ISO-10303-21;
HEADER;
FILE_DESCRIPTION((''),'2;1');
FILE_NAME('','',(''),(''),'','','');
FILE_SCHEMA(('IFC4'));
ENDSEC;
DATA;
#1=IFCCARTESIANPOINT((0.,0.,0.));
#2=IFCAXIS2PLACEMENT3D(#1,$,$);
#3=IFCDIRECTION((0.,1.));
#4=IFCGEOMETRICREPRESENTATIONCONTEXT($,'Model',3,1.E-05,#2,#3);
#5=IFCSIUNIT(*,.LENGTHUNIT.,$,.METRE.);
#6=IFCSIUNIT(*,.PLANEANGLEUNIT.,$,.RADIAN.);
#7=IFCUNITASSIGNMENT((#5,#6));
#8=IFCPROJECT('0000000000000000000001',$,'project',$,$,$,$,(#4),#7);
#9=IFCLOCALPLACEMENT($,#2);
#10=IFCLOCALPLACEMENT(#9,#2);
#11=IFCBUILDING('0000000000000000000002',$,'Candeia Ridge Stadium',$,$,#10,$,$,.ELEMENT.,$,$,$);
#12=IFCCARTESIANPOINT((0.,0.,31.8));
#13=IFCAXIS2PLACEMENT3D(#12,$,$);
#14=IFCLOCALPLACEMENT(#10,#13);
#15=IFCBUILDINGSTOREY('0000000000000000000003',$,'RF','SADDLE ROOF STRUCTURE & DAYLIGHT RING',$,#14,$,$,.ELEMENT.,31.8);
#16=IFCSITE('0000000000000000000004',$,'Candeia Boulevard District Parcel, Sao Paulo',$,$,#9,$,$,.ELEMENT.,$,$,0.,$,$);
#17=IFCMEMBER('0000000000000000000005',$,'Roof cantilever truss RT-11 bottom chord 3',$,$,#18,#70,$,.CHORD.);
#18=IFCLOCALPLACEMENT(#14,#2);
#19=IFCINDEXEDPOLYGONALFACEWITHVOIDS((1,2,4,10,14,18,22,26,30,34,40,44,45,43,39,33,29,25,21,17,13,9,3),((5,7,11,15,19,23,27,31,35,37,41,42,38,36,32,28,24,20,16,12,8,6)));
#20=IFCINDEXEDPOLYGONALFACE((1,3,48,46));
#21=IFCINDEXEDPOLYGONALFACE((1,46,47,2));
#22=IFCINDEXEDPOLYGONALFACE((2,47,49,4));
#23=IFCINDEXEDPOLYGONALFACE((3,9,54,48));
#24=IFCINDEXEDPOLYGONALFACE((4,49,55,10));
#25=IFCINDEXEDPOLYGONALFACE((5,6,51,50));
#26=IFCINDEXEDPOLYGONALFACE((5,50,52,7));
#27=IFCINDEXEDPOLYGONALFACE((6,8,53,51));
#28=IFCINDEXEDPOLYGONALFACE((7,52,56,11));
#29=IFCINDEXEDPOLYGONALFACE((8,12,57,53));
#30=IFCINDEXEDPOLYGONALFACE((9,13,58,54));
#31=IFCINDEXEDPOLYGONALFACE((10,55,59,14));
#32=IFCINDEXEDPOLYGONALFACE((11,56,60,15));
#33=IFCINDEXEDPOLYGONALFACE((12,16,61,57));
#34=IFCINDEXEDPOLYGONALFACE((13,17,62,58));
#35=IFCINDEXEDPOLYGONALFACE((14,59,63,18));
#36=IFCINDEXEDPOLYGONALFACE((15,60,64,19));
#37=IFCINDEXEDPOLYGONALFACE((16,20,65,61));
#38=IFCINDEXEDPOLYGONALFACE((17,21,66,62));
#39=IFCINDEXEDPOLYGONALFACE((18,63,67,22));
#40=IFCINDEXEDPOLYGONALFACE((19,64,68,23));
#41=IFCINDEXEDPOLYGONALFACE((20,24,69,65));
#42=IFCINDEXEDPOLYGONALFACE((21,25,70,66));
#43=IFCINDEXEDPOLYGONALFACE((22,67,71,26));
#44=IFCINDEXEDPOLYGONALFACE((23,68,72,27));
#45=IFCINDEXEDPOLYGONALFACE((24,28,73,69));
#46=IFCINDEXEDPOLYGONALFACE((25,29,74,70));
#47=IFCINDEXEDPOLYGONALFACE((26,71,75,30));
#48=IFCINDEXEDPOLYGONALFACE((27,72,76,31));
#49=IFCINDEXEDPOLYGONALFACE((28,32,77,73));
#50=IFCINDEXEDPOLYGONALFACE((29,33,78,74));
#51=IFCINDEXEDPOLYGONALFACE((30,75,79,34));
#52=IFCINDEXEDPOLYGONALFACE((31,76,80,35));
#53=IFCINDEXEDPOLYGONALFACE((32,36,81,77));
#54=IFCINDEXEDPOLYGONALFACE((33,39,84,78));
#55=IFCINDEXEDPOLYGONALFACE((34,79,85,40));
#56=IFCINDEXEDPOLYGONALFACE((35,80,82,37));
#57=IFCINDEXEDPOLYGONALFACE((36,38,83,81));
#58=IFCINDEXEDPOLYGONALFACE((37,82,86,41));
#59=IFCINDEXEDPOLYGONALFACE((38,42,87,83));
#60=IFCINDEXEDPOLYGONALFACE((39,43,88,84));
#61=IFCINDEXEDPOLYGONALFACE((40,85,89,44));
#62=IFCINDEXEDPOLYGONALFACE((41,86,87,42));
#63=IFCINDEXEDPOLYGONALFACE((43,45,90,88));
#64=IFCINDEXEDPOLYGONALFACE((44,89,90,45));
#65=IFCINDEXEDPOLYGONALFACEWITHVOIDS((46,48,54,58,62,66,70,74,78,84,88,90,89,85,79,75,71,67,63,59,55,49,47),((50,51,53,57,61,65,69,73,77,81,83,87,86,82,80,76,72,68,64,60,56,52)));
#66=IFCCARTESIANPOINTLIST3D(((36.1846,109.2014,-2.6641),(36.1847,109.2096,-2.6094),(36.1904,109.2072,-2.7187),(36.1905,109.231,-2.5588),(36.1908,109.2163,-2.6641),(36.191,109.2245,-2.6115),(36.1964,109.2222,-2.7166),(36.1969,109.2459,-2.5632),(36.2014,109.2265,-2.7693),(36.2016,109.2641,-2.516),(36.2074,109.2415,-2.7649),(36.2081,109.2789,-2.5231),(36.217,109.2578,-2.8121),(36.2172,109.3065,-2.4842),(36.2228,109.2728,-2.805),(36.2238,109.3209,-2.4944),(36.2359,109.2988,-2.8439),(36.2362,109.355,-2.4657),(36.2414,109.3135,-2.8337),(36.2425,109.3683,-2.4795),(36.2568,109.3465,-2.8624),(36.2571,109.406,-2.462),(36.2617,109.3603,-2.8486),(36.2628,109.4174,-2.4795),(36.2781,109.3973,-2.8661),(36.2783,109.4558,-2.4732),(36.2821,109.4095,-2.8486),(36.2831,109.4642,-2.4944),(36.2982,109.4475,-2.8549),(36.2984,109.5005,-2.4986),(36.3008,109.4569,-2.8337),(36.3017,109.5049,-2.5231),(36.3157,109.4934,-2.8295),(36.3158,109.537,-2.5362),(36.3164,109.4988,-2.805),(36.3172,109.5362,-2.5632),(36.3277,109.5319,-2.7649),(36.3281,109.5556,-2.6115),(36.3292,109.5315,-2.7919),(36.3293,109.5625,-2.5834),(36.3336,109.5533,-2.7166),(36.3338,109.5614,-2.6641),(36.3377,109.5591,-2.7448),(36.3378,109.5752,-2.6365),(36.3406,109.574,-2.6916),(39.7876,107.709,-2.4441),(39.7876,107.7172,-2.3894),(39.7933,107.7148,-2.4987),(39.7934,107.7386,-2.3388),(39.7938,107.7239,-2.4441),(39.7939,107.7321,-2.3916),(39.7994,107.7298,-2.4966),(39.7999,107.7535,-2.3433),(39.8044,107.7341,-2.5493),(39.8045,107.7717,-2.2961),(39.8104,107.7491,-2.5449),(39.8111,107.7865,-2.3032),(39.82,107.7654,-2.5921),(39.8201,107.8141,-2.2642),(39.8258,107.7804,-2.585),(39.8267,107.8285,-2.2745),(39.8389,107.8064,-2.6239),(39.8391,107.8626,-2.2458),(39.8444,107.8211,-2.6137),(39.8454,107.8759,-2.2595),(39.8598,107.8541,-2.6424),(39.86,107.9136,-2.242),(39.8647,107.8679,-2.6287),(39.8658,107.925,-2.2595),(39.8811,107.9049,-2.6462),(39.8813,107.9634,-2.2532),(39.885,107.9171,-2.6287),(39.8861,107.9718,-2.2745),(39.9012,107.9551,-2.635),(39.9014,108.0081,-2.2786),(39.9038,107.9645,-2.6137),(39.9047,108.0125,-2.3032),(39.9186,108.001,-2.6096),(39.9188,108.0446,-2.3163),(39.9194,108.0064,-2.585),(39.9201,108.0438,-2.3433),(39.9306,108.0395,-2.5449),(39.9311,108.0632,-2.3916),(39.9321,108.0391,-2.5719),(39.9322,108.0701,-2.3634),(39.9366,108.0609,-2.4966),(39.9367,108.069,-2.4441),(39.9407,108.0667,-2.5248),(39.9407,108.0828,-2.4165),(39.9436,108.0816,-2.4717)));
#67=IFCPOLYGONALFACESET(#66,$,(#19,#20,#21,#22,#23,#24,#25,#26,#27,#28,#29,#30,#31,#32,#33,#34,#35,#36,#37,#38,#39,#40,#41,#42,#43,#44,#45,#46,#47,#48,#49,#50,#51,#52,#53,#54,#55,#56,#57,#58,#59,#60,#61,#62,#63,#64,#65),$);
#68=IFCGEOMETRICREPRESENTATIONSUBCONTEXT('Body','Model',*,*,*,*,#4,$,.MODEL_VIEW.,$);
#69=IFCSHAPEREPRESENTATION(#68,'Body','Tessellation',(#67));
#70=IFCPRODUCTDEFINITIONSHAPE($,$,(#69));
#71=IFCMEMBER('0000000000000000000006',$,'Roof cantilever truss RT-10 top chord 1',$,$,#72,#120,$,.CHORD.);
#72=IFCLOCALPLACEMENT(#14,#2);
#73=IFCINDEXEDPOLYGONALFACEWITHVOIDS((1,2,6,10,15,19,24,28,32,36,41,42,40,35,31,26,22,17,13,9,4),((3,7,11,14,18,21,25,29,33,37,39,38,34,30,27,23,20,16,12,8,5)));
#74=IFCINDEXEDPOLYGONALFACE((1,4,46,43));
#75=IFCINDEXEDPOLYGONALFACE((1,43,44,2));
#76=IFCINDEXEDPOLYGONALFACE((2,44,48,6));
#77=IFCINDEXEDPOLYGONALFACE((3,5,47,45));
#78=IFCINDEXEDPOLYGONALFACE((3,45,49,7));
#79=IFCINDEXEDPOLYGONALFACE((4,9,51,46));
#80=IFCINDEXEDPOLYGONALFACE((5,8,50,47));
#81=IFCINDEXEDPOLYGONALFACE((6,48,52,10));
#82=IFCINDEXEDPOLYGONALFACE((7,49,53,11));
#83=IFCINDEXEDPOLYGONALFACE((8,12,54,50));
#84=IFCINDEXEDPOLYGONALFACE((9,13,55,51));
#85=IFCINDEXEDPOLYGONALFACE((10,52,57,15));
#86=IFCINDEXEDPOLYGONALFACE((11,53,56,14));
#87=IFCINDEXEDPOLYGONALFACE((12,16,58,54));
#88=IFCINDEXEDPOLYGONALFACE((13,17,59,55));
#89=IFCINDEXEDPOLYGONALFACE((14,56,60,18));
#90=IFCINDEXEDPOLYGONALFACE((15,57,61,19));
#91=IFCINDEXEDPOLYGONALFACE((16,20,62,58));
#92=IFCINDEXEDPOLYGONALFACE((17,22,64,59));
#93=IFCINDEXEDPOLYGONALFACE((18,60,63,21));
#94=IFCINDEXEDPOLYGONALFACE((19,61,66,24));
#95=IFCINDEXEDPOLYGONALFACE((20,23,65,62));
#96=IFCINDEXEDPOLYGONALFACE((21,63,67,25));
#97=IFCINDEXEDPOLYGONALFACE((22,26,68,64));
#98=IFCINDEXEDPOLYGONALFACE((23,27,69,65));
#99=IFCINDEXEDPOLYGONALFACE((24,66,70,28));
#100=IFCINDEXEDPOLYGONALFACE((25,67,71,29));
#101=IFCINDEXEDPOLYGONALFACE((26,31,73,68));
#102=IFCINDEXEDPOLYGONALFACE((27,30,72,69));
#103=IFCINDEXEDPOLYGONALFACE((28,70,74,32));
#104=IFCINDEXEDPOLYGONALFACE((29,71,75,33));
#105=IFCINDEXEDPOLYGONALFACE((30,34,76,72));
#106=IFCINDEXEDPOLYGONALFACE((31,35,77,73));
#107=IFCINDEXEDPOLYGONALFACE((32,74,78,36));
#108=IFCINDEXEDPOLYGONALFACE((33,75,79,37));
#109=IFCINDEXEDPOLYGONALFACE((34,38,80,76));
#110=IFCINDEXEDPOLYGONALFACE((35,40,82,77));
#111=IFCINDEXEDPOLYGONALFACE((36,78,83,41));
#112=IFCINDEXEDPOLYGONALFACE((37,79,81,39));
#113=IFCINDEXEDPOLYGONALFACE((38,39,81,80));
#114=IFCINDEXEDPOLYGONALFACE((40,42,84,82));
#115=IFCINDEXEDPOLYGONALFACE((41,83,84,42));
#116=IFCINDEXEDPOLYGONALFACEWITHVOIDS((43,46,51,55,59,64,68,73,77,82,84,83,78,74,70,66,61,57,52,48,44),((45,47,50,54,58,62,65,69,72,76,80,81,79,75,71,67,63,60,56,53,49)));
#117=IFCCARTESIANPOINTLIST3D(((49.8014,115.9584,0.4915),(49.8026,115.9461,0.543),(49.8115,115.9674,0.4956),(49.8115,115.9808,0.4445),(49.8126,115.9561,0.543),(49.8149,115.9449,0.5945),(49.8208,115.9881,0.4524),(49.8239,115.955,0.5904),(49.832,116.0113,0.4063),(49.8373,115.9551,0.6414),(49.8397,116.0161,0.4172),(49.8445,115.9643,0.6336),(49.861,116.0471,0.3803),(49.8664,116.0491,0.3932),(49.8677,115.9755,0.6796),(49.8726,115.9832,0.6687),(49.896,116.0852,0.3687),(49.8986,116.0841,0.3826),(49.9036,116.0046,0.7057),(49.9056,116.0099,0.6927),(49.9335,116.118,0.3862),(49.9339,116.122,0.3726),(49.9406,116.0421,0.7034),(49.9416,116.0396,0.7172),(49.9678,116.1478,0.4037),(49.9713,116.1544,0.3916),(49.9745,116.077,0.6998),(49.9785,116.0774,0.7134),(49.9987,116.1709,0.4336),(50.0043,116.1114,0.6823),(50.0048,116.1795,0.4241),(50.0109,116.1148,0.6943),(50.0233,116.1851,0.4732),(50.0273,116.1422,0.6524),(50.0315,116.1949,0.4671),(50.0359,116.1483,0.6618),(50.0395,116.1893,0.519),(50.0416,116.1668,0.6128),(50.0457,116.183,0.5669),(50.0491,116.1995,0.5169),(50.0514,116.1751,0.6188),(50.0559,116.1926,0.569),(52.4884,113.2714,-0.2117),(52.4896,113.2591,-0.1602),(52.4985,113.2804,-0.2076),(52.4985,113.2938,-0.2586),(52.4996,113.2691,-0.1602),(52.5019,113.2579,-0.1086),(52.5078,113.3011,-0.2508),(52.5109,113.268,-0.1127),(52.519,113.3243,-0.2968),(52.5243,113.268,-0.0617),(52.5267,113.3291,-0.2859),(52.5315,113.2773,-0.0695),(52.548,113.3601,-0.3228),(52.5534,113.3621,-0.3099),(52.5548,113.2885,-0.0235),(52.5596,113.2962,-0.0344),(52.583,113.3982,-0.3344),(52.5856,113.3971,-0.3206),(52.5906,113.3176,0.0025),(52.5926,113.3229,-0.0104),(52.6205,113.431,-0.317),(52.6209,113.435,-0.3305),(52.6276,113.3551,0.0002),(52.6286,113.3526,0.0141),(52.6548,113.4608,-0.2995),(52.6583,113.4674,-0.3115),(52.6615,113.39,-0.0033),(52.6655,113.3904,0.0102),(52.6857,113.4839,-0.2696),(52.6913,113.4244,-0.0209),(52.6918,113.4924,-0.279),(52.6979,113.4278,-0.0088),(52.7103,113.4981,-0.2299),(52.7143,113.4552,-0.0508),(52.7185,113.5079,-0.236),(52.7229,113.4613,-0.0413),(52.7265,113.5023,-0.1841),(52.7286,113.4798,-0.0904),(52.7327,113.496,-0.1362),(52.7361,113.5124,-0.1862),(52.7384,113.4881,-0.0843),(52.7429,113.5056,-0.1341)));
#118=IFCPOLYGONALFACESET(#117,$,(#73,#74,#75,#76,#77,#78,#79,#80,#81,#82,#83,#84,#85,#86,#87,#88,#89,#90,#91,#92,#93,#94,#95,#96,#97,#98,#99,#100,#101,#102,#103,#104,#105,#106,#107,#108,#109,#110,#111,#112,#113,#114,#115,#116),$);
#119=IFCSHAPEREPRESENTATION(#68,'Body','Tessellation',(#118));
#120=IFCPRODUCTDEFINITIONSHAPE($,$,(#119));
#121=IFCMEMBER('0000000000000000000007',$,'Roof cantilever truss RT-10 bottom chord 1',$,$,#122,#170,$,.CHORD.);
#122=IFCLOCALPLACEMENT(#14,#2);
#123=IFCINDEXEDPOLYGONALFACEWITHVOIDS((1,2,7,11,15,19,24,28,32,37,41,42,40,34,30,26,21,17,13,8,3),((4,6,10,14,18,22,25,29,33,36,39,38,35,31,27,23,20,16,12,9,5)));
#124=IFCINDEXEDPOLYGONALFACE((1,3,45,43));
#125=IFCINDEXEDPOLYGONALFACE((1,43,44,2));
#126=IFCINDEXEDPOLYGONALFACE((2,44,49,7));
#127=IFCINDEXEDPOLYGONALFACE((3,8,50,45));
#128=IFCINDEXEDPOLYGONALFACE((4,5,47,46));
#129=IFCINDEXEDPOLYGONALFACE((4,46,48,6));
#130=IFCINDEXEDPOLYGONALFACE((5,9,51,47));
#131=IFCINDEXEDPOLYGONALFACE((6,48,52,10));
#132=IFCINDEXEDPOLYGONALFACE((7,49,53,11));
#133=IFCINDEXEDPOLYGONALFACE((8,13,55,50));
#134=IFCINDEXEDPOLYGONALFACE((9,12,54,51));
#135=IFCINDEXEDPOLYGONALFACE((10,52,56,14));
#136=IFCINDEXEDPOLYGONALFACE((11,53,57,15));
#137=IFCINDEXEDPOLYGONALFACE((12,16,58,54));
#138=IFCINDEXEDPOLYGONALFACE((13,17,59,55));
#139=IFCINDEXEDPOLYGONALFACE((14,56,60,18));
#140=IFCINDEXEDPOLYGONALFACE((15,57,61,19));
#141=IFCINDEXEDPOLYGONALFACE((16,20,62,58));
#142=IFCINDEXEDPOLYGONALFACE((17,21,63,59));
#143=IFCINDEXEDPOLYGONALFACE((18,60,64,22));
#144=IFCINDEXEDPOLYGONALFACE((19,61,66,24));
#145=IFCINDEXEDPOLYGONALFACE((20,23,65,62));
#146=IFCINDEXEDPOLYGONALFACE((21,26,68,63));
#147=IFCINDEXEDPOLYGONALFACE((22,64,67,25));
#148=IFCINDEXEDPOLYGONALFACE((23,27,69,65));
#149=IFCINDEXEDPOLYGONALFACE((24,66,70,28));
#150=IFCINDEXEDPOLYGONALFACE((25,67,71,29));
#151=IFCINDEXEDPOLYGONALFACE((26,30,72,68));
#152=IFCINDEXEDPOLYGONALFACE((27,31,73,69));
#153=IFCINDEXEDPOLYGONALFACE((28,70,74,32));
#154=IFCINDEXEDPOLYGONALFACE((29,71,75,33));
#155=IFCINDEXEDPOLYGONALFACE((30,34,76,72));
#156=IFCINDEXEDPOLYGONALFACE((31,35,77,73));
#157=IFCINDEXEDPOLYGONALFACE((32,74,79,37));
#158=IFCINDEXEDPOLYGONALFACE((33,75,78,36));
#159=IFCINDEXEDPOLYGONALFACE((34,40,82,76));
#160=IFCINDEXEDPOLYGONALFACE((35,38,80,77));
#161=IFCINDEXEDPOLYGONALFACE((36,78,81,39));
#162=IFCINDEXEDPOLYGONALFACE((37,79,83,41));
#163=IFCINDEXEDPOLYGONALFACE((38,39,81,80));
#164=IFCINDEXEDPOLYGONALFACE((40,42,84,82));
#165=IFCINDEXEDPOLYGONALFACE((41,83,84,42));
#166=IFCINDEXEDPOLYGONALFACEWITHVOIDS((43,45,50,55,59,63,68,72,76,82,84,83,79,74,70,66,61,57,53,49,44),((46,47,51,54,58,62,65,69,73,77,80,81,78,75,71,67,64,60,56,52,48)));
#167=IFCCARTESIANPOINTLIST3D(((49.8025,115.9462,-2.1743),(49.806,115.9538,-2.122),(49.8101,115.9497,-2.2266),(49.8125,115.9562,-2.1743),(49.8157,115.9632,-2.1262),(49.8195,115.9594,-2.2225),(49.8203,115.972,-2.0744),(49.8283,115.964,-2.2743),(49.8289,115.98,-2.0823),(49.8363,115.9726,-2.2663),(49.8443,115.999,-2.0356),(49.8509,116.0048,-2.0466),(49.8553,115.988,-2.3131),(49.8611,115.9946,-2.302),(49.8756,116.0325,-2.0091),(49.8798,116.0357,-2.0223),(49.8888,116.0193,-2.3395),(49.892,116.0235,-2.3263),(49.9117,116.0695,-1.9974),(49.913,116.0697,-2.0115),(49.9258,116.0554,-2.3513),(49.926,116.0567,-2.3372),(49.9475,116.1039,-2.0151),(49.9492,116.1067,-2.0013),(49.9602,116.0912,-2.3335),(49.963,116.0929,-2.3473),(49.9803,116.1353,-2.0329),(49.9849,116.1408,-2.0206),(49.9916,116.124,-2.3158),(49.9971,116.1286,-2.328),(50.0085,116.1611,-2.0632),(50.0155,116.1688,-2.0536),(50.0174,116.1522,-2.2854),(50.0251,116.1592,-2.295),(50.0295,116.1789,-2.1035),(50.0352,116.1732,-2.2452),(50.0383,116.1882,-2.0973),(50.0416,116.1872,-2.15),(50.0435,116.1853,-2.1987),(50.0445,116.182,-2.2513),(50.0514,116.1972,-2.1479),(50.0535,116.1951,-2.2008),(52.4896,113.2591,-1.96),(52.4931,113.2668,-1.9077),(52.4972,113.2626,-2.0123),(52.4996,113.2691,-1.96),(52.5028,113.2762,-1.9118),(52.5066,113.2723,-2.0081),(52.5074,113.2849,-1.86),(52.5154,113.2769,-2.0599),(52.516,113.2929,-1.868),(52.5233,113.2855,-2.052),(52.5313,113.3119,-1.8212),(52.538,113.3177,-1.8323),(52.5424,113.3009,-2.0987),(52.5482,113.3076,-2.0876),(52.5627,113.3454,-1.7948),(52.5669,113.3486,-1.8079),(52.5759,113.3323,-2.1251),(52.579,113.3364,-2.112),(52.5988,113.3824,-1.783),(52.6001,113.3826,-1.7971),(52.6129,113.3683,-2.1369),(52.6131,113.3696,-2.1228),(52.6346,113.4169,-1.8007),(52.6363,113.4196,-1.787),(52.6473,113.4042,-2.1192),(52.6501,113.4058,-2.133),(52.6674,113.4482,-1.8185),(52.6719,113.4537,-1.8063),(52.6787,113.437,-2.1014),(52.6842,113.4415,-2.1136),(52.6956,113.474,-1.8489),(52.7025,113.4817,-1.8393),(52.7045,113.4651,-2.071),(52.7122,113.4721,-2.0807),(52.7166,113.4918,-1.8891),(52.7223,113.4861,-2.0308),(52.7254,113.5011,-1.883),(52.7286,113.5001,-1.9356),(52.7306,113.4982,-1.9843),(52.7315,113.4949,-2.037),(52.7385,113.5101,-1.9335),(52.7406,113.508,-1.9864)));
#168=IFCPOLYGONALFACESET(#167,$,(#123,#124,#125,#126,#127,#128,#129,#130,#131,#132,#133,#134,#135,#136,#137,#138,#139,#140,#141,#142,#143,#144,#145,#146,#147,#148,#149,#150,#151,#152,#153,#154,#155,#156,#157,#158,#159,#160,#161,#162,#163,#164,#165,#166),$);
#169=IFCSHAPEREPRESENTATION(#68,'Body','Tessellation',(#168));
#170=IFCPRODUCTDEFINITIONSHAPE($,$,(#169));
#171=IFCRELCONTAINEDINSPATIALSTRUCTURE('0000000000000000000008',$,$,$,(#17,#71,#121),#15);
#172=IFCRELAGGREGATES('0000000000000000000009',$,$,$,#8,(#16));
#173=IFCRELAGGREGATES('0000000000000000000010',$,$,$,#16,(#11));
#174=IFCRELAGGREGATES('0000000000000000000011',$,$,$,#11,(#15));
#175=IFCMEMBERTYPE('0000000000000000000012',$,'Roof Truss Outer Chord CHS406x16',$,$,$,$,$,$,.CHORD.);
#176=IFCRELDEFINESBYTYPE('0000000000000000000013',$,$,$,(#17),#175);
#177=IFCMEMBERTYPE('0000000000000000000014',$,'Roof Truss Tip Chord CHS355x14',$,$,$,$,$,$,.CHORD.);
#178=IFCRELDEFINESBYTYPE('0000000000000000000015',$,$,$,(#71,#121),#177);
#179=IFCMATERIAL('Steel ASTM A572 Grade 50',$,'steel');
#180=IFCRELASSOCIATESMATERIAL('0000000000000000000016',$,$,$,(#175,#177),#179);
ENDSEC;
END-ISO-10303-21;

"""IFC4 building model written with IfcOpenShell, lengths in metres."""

from ifc_helpers import new_model, si_unit, direction, frame, origin, origin_2d, place, context, subcontext, project, spatial, hollow_circle, extrude, material, material_profile, profile_set, type_object, element, save


model = new_model("IFC4")

# Units and contexts
model_context = context("Model", 3, precision=1e-05, world=origin(), true_north=direction((0.0, 1.0)))
body_context = subcontext(model_context, "Body", "Model", "MODEL_VIEW")
ifc_project = project(units=[si_unit("LENGTHUNIT", "METRE"), si_unit("PLANEANGLEUNIT", "RADIAN")], contexts=[model_context])

# Site, building, storey
site_placement = place(None, origin())
site = spatial("IfcSite", under=ifc_project, at=site_placement, Name="Candeia Boulevard District Parcel, Sao Paulo", CompositionType="ELEMENT", RefElevation=0.0)
building_placement = place(site_placement, origin())
building = spatial("IfcBuilding", under=site, at=building_placement, Name="Candeia Ridge Stadium", CompositionType="ELEMENT")
storey_placement = place(building_placement, frame((0.0, 0.0, 31.8)))
storey = spatial("IfcBuildingStorey", under=building, at=storey_placement, Name="RF", Description="SADDLE ROOF STRUCTURE & DAYLIGHT RING", CompositionType="ELEMENT", Elevation=31.8)

# Shared definitions
ifc_material_1 = material(Name="Steel ASTM A572 Grade 50", Category="steel")

# Members
ifc_material_profile_1 = material_profile(ifc_material_1, hollow_circle(Radius=0.2029, WallThickness=0.0161, at=origin_2d()), Name="CHS406x16", Category="steel")
ifc_profile_set_1 = profile_set([ifc_material_profile_1], Name="Steel ASTM A572 Grade 50")
member_type_1 = type_object("IfcMemberType", Name="Roof Truss Outer Chord CHS406x16", PredefinedType="CHORD", material=ifc_profile_set_1)
member_1_placement = place(storey_placement, frame((39.8652, 107.8965, -2.4441), z_axis=(-0.922413, 0.382078, -0.056315), x_axis=(-0.382685, -0.923879, 0.0)))
element("IfcMember", 1, at=member_1_placement, inside=storey, type_object=member_type_1, Name="Roof cantilever truss RT-11 bottom chord 3", PredefinedType="CHORD", context=body_context, shape_type="SweptSolid", body=[
    extrude(hollow_circle(Radius=0.2029, WallThickness=0.0161, at=origin_2d()), origin(), (0.0, 0.0, 1.0), 3.906),
])
ifc_material_profile_2 = material_profile(ifc_material_1, hollow_circle(Radius=0.1777, WallThickness=0.0142, at=origin_2d()), Name="CHS355x14", Category="steel")
ifc_profile_set_2 = profile_set([ifc_material_profile_2], Name="Steel ASTM A572 Grade 50")
member_type_2 = type_object("IfcMemberType", Name="Roof Truss Tip Chord CHS355x14", PredefinedType="CHORD", material=ifc_profile_set_2)
member_2_placement = place(storey_placement, frame((52.6152, 113.3848, -0.1602), z_axis=(-0.695304, 0.695304, 0.181944), x_axis=(-0.707107, -0.707107, 0.0)))
element("IfcMember", 2, at=member_2_placement, inside=storey, type_object=member_type_2, Name="Roof cantilever truss RT-10 top chord 1", PredefinedType="CHORD", context=body_context, shape_type="SweptSolid", body=[
    extrude(hollow_circle(Radius=0.1777, WallThickness=0.0142, at=origin_2d()), origin(), (0.0, 0.0, 1.0), 3.8645),
])
member_3_placement = place(storey_placement, frame((52.6152, 113.3848, -1.96), z_axis=(-0.705984, 0.705984, -0.05632), x_axis=(-0.707107, -0.707107, 0.0)))
element("IfcMember", 3, at=member_3_placement, inside=storey, type_object=member_type_2, Name="Roof cantilever truss RT-10 bottom chord 1", PredefinedType="CHORD", context=body_context, shape_type="SweptSolid", body=[
    extrude(hollow_circle(Radius=0.1777, WallThickness=0.0142, at=origin_2d()), origin(), (0.0, 0.0, 1.0), 3.8062),
])

save(model, "model.ifc")
